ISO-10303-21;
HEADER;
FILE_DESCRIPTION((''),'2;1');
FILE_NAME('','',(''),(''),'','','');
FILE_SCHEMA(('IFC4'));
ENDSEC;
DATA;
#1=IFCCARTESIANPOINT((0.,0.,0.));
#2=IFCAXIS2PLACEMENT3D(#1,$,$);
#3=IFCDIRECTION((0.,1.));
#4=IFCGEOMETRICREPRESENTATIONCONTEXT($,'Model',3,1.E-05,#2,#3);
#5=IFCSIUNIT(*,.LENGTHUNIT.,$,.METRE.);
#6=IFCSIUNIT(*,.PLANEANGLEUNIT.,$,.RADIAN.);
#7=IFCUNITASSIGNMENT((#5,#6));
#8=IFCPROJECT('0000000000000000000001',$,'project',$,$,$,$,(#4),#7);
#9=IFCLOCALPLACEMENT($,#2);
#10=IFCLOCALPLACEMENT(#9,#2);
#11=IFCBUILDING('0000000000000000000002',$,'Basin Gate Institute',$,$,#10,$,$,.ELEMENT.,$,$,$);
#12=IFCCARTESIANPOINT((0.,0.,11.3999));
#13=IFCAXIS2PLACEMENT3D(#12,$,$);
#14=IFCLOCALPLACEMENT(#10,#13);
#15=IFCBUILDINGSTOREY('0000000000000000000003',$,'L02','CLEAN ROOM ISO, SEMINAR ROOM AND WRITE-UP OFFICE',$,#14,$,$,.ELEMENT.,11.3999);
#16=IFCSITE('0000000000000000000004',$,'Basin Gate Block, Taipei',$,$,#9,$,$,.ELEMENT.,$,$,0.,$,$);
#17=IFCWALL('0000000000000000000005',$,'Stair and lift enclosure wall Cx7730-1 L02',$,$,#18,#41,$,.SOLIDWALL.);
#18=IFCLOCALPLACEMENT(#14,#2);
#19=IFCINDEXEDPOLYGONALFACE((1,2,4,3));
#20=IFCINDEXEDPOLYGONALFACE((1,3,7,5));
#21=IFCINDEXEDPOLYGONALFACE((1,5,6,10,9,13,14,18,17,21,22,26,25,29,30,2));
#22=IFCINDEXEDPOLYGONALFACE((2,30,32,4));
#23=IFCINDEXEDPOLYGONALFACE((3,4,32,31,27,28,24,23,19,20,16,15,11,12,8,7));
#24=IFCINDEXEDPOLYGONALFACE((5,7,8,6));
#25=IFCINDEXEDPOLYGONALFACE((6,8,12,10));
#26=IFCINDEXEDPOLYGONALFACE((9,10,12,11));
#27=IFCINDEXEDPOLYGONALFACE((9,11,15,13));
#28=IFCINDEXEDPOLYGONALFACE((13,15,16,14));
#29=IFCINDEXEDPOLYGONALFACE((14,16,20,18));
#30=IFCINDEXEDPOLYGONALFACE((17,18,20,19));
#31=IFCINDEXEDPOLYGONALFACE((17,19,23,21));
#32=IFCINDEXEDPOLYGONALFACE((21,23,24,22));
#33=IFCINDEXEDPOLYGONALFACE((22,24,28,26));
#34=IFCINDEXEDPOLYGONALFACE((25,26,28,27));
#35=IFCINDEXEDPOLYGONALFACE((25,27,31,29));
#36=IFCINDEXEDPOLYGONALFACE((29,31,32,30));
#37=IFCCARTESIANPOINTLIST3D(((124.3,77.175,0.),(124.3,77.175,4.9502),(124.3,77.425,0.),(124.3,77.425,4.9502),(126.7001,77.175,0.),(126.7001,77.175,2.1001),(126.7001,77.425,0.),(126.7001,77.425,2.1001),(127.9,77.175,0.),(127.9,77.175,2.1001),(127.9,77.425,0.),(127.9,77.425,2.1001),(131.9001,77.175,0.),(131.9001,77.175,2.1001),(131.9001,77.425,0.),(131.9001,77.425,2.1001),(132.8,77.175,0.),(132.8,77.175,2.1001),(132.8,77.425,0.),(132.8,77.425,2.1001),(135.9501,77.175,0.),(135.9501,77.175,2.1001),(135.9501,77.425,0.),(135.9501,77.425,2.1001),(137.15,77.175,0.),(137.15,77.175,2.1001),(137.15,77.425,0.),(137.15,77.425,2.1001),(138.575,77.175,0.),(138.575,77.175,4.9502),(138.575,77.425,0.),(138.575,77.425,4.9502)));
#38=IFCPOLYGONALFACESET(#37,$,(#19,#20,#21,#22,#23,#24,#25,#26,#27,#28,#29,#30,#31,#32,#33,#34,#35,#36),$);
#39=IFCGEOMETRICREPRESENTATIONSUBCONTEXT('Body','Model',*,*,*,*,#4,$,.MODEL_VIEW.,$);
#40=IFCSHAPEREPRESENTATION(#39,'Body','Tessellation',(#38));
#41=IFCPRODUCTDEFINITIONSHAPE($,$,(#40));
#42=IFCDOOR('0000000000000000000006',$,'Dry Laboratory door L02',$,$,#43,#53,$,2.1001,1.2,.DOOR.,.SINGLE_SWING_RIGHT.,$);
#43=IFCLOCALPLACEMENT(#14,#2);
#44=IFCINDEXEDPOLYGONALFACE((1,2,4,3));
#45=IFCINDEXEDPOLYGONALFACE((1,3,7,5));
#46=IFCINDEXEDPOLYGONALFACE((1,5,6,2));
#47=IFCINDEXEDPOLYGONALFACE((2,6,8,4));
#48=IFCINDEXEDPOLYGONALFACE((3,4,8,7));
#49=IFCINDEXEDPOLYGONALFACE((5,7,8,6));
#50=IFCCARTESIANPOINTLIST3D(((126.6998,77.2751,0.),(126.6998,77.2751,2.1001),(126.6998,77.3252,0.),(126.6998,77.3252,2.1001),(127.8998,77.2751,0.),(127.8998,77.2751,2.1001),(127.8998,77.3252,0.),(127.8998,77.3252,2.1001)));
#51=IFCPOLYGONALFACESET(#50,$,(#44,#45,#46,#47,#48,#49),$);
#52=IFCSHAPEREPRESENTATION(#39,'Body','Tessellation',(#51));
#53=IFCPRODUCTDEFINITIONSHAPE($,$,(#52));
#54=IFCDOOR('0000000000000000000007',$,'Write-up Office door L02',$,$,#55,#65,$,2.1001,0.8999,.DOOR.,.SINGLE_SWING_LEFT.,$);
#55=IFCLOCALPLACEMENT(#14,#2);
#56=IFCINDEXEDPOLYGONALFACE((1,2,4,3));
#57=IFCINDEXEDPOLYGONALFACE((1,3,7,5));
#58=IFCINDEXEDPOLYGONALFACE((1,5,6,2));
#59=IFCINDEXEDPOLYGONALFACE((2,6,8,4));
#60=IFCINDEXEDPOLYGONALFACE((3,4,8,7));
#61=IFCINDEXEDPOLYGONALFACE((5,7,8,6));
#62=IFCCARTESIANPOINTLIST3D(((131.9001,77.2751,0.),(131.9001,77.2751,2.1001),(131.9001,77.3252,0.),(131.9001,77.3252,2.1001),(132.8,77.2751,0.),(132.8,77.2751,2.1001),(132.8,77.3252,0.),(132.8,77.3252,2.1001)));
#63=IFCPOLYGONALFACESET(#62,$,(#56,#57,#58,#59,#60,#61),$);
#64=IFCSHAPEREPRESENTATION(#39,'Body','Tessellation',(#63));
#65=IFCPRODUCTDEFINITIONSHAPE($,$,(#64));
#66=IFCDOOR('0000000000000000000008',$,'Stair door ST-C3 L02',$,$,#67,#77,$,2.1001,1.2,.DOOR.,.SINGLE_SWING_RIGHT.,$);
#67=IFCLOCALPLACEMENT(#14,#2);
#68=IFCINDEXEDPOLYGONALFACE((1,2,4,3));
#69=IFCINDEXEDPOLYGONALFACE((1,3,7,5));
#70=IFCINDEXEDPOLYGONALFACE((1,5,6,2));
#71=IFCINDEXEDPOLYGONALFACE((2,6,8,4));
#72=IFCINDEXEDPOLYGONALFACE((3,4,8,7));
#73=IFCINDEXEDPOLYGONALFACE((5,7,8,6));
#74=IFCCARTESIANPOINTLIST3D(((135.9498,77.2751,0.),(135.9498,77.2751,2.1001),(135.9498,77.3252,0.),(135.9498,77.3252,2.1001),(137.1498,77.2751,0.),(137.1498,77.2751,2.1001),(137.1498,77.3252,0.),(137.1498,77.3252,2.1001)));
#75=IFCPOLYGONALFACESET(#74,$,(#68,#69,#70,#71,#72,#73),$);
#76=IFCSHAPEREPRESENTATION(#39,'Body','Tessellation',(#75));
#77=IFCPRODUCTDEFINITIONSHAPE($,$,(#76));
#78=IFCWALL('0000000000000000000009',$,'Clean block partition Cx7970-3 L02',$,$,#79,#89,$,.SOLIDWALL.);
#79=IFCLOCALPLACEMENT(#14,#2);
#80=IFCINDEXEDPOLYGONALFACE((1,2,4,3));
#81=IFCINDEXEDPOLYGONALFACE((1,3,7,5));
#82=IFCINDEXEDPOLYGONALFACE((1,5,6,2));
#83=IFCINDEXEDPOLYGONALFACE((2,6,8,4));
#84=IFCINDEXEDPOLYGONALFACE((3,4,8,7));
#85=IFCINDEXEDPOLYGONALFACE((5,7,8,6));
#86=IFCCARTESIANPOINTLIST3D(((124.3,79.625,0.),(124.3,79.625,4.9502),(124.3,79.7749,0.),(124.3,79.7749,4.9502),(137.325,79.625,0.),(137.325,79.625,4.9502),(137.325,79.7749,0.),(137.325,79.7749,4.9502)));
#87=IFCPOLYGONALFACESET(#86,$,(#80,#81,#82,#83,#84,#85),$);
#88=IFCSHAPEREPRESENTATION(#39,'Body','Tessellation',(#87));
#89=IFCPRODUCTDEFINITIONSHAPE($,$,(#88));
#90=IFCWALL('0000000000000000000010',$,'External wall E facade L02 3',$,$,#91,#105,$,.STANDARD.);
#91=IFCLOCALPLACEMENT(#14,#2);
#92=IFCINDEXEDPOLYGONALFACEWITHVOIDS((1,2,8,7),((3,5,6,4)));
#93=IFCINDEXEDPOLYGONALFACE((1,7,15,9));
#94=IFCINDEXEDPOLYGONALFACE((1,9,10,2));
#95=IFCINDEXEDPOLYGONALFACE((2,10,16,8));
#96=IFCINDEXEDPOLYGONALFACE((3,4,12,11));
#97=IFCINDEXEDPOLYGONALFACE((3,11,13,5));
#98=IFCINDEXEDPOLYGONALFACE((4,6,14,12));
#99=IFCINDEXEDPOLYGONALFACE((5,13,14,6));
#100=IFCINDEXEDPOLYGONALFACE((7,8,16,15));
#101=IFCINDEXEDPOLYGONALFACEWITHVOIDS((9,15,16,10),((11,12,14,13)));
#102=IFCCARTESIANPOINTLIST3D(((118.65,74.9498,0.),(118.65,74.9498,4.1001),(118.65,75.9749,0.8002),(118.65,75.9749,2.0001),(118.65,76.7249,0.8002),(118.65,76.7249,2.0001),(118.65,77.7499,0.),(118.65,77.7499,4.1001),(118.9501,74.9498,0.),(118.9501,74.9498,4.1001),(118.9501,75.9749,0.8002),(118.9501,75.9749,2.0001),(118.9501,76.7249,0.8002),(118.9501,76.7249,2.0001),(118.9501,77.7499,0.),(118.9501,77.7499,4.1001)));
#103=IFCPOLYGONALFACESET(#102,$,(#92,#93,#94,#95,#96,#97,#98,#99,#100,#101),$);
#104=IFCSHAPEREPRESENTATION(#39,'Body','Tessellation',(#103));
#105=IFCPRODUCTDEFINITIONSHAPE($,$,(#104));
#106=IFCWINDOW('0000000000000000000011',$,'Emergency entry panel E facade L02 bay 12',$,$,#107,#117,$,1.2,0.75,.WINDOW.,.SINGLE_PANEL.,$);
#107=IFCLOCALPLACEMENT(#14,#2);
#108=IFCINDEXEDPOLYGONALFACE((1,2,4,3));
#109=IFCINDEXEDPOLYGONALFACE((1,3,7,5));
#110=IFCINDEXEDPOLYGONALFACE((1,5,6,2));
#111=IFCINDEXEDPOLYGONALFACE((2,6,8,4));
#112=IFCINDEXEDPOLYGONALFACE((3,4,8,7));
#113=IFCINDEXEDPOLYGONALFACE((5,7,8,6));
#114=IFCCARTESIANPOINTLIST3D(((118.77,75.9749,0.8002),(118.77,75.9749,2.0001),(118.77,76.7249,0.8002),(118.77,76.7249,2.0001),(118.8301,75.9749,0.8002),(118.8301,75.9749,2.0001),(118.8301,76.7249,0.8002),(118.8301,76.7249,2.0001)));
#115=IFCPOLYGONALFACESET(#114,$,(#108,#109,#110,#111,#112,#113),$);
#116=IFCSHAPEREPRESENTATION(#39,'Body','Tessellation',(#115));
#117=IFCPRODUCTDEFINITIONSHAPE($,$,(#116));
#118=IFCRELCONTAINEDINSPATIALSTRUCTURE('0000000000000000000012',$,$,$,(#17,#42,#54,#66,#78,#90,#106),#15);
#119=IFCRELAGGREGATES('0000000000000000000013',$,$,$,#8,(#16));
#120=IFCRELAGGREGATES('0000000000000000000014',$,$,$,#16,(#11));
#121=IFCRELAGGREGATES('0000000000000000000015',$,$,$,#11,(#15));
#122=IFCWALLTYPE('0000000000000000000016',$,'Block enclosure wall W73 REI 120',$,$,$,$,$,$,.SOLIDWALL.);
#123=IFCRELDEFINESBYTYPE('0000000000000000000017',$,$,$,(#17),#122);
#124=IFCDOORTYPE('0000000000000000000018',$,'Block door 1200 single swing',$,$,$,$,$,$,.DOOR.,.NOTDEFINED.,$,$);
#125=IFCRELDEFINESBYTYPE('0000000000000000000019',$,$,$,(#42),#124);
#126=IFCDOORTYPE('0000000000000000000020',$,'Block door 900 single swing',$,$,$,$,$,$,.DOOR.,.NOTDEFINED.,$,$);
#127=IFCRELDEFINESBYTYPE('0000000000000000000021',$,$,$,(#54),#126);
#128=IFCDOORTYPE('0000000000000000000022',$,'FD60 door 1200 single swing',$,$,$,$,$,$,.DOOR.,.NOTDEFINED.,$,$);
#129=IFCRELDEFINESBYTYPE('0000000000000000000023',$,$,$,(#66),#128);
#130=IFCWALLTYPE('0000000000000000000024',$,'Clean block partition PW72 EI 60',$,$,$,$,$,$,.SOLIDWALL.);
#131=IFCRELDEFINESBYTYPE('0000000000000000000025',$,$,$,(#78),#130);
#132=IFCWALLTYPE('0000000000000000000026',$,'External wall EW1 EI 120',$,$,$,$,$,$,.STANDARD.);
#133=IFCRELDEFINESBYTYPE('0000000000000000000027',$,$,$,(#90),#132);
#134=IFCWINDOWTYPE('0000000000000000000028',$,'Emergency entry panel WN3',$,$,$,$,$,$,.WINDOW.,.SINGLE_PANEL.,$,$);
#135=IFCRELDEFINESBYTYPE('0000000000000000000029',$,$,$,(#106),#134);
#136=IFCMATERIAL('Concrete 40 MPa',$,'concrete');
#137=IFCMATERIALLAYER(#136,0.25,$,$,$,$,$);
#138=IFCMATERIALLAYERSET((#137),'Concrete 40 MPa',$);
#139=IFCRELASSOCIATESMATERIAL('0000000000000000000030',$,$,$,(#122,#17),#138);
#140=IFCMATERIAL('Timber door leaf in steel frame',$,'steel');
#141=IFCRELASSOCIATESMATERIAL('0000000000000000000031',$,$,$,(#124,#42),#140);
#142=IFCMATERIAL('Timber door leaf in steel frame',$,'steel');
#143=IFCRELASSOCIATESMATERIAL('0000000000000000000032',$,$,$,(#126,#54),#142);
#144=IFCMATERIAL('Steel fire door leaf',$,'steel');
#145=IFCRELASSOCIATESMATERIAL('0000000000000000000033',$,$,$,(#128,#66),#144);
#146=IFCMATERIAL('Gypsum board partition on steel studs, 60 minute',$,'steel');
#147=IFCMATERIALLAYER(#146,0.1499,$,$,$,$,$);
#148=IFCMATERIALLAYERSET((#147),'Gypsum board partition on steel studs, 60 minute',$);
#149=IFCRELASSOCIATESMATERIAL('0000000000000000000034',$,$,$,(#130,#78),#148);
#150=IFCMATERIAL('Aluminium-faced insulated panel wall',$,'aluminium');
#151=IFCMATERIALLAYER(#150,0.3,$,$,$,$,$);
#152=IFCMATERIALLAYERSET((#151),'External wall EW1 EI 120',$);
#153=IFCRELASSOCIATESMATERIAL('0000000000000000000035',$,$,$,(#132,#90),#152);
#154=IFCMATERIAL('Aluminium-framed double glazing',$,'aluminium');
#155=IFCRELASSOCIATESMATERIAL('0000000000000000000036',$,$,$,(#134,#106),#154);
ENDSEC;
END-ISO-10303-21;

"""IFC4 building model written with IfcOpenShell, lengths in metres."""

from ifc_helpers import new_model, si_unit, direction, frame, frame_2d, origin, place, context, subcontext, project, spatial, rectangle, extrude, material, layer, layer_set, type_object, element, fill, save


model = new_model("IFC4")

# Units and contexts
model_context = context("Model", 3, precision=1e-05, world=origin(), true_north=direction((0.0, 1.0)))
body_context = subcontext(model_context, "Body", "Model", "MODEL_VIEW")
ifc_project = project(units=[si_unit("LENGTHUNIT", "METRE"), si_unit("PLANEANGLEUNIT", "RADIAN")], contexts=[model_context])

# Site, building, storey
site_placement = place(None, origin())
site = spatial("IfcSite", under=ifc_project, at=site_placement, Name="Basin Gate Block, Taipei", CompositionType="ELEMENT", RefElevation=0.0)
building_placement = place(site_placement, origin())
building = spatial("IfcBuilding", under=site, at=building_placement, Name="Basin Gate Institute", CompositionType="ELEMENT")
storey_placement = place(building_placement, frame((0.0, 0.0, 11.3999)))
storey = spatial("IfcBuildingStorey", under=building, at=storey_placement, Name="L02", Description="CLEAN ROOM ISO, SEMINAR ROOM AND WRITE-UP OFFICE", CompositionType="ELEMENT", Elevation=11.3999)

# Wall, openings, doors
ifc_material_1 = material(Name="Concrete 40 MPa", Category="concrete")
ifc_layer_1 = layer(ifc_material_1, 0.25)
ifc_layer_set_1 = layer_set([ifc_layer_1], Name="Concrete 40 MPa")
wall_type_1 = type_object("IfcWallType", Name="Block enclosure wall W73 REI 120", PredefinedType="SOLIDWALL", material=ifc_layer_set_1)
wall_1_placement = place(storey_placement, frame((124.3, 77.3, 0.0), z_axis=(0.0, 0.0, 1.0), x_axis=(1.0, 0.0, 0.0)))
wall_1 = element("IfcWall", 1, at=wall_1_placement, inside=storey, type_object=wall_type_1, material=ifc_layer_set_1, Name="Stair and lift enclosure wall Cx7730-1 L02", PredefinedType="SOLIDWALL", context=body_context, shape_type="SweptSolid", body=[
    extrude(rectangle(XDim=14.2749, YDim=0.25, at=frame_2d((7.1375, 0.0))), origin(), (0.0, 0.0, 1.0), 4.9502),
])
opening_1_placement = place(wall_1_placement, frame((2.3999, 0.0, 0.0)))
opening_1 = element("IfcOpeningElement", 2, at=opening_1_placement, cuts=wall_1, PredefinedType="OPENING", context=body_context, shape_type="SweptSolid", body=[
    extrude(rectangle(XDim=1.2, YDim=2.1001, at=frame_2d((0.6001, 1.05))), frame((0.0, 0.135, 0.0), z_axis=(0.0, -1.0, 0.0), x_axis=(1.0, 0.0, 0.0)), (0.0, 0.0, 1.0), 0.27),
])
opening_2_placement = place(wall_1_placement, frame((7.6001, 0.0, 0.0)))
opening_2 = element("IfcOpeningElement", 3, at=opening_2_placement, cuts=wall_1, PredefinedType="OPENING", context=body_context, shape_type="SweptSolid", body=[
    extrude(rectangle(XDim=0.8999, YDim=2.1001, at=frame_2d((0.45, 1.05))), frame((0.0, 0.135, 0.0), z_axis=(0.0, -1.0, 0.0), x_axis=(1.0, 0.0, 0.0)), (0.0, 0.0, 1.0), 0.27),
])
opening_3_placement = place(wall_1_placement, frame((11.6499, 0.0, 0.0)))
opening_3 = element("IfcOpeningElement", 4, at=opening_3_placement, cuts=wall_1, PredefinedType="OPENING", context=body_context, shape_type="SweptSolid", body=[
    extrude(rectangle(XDim=1.2, YDim=2.1001, at=frame_2d((0.6001, 1.05))), frame((0.0, 0.135, 0.0), z_axis=(0.0, -1.0, 0.0), x_axis=(1.0, 0.0, 0.0)), (0.0, 0.0, 1.0), 0.27),
])
ifc_material_2 = material(Name="Timber door leaf in steel frame", Category="steel")
door_type_1 = type_object("IfcDoorType", Name="Block door 1200 single swing", OperationType="NOTDEFINED", PredefinedType="DOOR", material=ifc_material_2)
door_1_placement = place(opening_1_placement, frame((1.2, 0.0, 0.0), z_axis=(0.0, 0.0, 1.0), x_axis=(-1.0, 0.0, 0.0)))
door_1 = element("IfcDoor", 5, at=door_1_placement, inside=storey, type_object=door_type_1, material=ifc_material_2, Name="Dry Laboratory door L02", OperationType="SINGLE_SWING_RIGHT", OverallHeight=2.1001, OverallWidth=1.2, PredefinedType="DOOR", context=body_context, shape_type="SweptSolid", body=[
    extrude(rectangle(XDim=1.2, YDim=2.1001, at=frame_2d((0.6001, 1.05))), frame((0.0, 0.0249, 0.0), z_axis=(0.0, -1.0, 0.0), x_axis=(1.0, 0.0, 0.0)), (0.0, 0.0, 1.0), 0.05),
])
fill(opening_1, door_1)
ifc_material_3 = material(Name="Timber door leaf in steel frame", Category="steel")
door_type_2 = type_object("IfcDoorType", Name="Block door 900 single swing", OperationType="NOTDEFINED", PredefinedType="DOOR", material=ifc_material_3)
door_2_placement = place(opening_2_placement, frame((0.8999, 0.0, 0.0), z_axis=(0.0, 0.0, 1.0), x_axis=(-1.0, 0.0, 0.0)))
door_2 = element("IfcDoor", 6, at=door_2_placement, inside=storey, type_object=door_type_2, material=ifc_material_3, Name="Write-up Office door L02", OperationType="SINGLE_SWING_LEFT", OverallHeight=2.1001, OverallWidth=0.8999, PredefinedType="DOOR", context=body_context, shape_type="SweptSolid", body=[
    extrude(rectangle(XDim=0.8999, YDim=2.1001, at=frame_2d((0.45, 1.05))), frame((0.0, 0.0249, 0.0), z_axis=(0.0, -1.0, 0.0), x_axis=(1.0, 0.0, 0.0)), (0.0, 0.0, 1.0), 0.05),
])
fill(opening_2, door_2)
ifc_material_4 = material(Name="Steel fire door leaf", Category="steel")
door_type_3 = type_object("IfcDoorType", Name="FD60 door 1200 single swing", OperationType="NOTDEFINED", PredefinedType="DOOR", material=ifc_material_4)
door_3_placement = place(opening_3_placement, frame((1.2, 0.0, 0.0), z_axis=(0.0, 0.0, 1.0), x_axis=(-1.0, 0.0, 0.0)))
door_3 = element("IfcDoor", 7, at=door_3_placement, inside=storey, type_object=door_type_3, material=ifc_material_4, Name="Stair door ST-C3 L02", OperationType="SINGLE_SWING_RIGHT", OverallHeight=2.1001, OverallWidth=1.2, PredefinedType="DOOR", context=body_context, shape_type="SweptSolid", body=[
    extrude(rectangle(XDim=1.2, YDim=2.1001, at=frame_2d((0.6001, 1.05))), frame((0.0, 0.0249, 0.0), z_axis=(0.0, -1.0, 0.0), x_axis=(1.0, 0.0, 0.0)), (0.0, 0.0, 1.0), 0.05),
])
fill(opening_3, door_3)

# Wall
ifc_material_5 = material(Name="Gypsum board partition on steel studs, 60 minute", Category="steel")
ifc_layer_2 = layer(ifc_material_5, 0.1499)
ifc_layer_set_2 = layer_set([ifc_layer_2], Name="Gypsum board partition on steel studs, 60 minute")
wall_type_2 = type_object("IfcWallType", Name="Clean block partition PW72 EI 60", PredefinedType="SOLIDWALL", material=ifc_layer_set_2)
wall_2_placement = place(storey_placement, frame((124.3, 79.7, 0.0), z_axis=(0.0, 0.0, 1.0), x_axis=(1.0, 0.0, 0.0)))
element("IfcWall", 8, at=wall_2_placement, inside=storey, type_object=wall_type_2, material=ifc_layer_set_2, Name="Clean block partition Cx7970-3 L02", PredefinedType="SOLIDWALL", context=body_context, shape_type="SweptSolid", body=[
    extrude(rectangle(XDim=13.0249, YDim=0.1499, at=frame_2d((6.5125, 0.0))), origin(), (0.0, 0.0, 1.0), 4.9502),
])

# Wall, opening, window
ifc_material_6 = material(Name="Aluminium-faced insulated panel wall", Category="aluminium")
ifc_layer_3 = layer(ifc_material_6, 0.3)
ifc_layer_set_3 = layer_set([ifc_layer_3], Name="External wall EW1 EI 120")
wall_type_3 = type_object("IfcWallType", Name="External wall EW1 EI 120", PredefinedType="STANDARD", material=ifc_layer_set_3)
wall_3_placement = place(storey_placement, frame((118.8, 74.95, 0.0), z_axis=(0.0, 0.0, 1.0), x_axis=(0.0, 1.0, 0.0)))
wall_3 = element("IfcWall", 9, at=wall_3_placement, inside=storey, type_object=wall_type_3, material=ifc_layer_set_3, Name="External wall E facade L02 3", PredefinedType="STANDARD", context=body_context, shape_type="SweptSolid", body=[
    extrude(rectangle(XDim=2.8, YDim=0.3, at=frame_2d((1.3999, 0.0))), origin(), (0.0, 0.0, 1.0), 4.1001),
])
opening_4_placement = place(wall_3_placement, frame((1.0249, 0.0, 0.8)))
opening_4 = element("IfcOpeningElement", 10, at=opening_4_placement, cuts=wall_3, PredefinedType="OPENING", context=body_context, shape_type="SweptSolid", body=[
    extrude(rectangle(XDim=0.75, YDim=1.2, at=frame_2d((0.375, 0.6001))), frame((0.0, 0.1602, 0.0), z_axis=(0.0, -1.0, 0.0), x_axis=(1.0, 0.0, 0.0)), (0.0, 0.0, 1.0), 0.3201),
])
ifc_material_7 = material(Name="Aluminium-framed double glazing", Category="aluminium")
window_type_1 = type_object("IfcWindowType", Name="Emergency entry panel WN3", PartitioningType="SINGLE_PANEL", PredefinedType="WINDOW", material=ifc_material_7)
window_1_placement = place(opening_4_placement, origin())
window_1 = element("IfcWindow", 11, at=window_1_placement, inside=storey, type_object=window_type_1, material=ifc_material_7, Name="Emergency entry panel E facade L02 bay 12", OverallHeight=1.2, OverallWidth=0.75, PartitioningType="SINGLE_PANEL", PredefinedType="WINDOW", context=body_context, shape_type="SweptSolid", body=[
    extrude(rectangle(XDim=0.75, YDim=1.2, at=frame_2d((0.375, 0.6001))), frame((0.0, 0.03, 0.0), z_axis=(0.0, -1.0, 0.0), x_axis=(1.0, 0.0, 0.0)), (0.0, 0.0, 1.0), 0.0601),
])
fill(opening_4, window_1)

save(model, "model.ifc")
